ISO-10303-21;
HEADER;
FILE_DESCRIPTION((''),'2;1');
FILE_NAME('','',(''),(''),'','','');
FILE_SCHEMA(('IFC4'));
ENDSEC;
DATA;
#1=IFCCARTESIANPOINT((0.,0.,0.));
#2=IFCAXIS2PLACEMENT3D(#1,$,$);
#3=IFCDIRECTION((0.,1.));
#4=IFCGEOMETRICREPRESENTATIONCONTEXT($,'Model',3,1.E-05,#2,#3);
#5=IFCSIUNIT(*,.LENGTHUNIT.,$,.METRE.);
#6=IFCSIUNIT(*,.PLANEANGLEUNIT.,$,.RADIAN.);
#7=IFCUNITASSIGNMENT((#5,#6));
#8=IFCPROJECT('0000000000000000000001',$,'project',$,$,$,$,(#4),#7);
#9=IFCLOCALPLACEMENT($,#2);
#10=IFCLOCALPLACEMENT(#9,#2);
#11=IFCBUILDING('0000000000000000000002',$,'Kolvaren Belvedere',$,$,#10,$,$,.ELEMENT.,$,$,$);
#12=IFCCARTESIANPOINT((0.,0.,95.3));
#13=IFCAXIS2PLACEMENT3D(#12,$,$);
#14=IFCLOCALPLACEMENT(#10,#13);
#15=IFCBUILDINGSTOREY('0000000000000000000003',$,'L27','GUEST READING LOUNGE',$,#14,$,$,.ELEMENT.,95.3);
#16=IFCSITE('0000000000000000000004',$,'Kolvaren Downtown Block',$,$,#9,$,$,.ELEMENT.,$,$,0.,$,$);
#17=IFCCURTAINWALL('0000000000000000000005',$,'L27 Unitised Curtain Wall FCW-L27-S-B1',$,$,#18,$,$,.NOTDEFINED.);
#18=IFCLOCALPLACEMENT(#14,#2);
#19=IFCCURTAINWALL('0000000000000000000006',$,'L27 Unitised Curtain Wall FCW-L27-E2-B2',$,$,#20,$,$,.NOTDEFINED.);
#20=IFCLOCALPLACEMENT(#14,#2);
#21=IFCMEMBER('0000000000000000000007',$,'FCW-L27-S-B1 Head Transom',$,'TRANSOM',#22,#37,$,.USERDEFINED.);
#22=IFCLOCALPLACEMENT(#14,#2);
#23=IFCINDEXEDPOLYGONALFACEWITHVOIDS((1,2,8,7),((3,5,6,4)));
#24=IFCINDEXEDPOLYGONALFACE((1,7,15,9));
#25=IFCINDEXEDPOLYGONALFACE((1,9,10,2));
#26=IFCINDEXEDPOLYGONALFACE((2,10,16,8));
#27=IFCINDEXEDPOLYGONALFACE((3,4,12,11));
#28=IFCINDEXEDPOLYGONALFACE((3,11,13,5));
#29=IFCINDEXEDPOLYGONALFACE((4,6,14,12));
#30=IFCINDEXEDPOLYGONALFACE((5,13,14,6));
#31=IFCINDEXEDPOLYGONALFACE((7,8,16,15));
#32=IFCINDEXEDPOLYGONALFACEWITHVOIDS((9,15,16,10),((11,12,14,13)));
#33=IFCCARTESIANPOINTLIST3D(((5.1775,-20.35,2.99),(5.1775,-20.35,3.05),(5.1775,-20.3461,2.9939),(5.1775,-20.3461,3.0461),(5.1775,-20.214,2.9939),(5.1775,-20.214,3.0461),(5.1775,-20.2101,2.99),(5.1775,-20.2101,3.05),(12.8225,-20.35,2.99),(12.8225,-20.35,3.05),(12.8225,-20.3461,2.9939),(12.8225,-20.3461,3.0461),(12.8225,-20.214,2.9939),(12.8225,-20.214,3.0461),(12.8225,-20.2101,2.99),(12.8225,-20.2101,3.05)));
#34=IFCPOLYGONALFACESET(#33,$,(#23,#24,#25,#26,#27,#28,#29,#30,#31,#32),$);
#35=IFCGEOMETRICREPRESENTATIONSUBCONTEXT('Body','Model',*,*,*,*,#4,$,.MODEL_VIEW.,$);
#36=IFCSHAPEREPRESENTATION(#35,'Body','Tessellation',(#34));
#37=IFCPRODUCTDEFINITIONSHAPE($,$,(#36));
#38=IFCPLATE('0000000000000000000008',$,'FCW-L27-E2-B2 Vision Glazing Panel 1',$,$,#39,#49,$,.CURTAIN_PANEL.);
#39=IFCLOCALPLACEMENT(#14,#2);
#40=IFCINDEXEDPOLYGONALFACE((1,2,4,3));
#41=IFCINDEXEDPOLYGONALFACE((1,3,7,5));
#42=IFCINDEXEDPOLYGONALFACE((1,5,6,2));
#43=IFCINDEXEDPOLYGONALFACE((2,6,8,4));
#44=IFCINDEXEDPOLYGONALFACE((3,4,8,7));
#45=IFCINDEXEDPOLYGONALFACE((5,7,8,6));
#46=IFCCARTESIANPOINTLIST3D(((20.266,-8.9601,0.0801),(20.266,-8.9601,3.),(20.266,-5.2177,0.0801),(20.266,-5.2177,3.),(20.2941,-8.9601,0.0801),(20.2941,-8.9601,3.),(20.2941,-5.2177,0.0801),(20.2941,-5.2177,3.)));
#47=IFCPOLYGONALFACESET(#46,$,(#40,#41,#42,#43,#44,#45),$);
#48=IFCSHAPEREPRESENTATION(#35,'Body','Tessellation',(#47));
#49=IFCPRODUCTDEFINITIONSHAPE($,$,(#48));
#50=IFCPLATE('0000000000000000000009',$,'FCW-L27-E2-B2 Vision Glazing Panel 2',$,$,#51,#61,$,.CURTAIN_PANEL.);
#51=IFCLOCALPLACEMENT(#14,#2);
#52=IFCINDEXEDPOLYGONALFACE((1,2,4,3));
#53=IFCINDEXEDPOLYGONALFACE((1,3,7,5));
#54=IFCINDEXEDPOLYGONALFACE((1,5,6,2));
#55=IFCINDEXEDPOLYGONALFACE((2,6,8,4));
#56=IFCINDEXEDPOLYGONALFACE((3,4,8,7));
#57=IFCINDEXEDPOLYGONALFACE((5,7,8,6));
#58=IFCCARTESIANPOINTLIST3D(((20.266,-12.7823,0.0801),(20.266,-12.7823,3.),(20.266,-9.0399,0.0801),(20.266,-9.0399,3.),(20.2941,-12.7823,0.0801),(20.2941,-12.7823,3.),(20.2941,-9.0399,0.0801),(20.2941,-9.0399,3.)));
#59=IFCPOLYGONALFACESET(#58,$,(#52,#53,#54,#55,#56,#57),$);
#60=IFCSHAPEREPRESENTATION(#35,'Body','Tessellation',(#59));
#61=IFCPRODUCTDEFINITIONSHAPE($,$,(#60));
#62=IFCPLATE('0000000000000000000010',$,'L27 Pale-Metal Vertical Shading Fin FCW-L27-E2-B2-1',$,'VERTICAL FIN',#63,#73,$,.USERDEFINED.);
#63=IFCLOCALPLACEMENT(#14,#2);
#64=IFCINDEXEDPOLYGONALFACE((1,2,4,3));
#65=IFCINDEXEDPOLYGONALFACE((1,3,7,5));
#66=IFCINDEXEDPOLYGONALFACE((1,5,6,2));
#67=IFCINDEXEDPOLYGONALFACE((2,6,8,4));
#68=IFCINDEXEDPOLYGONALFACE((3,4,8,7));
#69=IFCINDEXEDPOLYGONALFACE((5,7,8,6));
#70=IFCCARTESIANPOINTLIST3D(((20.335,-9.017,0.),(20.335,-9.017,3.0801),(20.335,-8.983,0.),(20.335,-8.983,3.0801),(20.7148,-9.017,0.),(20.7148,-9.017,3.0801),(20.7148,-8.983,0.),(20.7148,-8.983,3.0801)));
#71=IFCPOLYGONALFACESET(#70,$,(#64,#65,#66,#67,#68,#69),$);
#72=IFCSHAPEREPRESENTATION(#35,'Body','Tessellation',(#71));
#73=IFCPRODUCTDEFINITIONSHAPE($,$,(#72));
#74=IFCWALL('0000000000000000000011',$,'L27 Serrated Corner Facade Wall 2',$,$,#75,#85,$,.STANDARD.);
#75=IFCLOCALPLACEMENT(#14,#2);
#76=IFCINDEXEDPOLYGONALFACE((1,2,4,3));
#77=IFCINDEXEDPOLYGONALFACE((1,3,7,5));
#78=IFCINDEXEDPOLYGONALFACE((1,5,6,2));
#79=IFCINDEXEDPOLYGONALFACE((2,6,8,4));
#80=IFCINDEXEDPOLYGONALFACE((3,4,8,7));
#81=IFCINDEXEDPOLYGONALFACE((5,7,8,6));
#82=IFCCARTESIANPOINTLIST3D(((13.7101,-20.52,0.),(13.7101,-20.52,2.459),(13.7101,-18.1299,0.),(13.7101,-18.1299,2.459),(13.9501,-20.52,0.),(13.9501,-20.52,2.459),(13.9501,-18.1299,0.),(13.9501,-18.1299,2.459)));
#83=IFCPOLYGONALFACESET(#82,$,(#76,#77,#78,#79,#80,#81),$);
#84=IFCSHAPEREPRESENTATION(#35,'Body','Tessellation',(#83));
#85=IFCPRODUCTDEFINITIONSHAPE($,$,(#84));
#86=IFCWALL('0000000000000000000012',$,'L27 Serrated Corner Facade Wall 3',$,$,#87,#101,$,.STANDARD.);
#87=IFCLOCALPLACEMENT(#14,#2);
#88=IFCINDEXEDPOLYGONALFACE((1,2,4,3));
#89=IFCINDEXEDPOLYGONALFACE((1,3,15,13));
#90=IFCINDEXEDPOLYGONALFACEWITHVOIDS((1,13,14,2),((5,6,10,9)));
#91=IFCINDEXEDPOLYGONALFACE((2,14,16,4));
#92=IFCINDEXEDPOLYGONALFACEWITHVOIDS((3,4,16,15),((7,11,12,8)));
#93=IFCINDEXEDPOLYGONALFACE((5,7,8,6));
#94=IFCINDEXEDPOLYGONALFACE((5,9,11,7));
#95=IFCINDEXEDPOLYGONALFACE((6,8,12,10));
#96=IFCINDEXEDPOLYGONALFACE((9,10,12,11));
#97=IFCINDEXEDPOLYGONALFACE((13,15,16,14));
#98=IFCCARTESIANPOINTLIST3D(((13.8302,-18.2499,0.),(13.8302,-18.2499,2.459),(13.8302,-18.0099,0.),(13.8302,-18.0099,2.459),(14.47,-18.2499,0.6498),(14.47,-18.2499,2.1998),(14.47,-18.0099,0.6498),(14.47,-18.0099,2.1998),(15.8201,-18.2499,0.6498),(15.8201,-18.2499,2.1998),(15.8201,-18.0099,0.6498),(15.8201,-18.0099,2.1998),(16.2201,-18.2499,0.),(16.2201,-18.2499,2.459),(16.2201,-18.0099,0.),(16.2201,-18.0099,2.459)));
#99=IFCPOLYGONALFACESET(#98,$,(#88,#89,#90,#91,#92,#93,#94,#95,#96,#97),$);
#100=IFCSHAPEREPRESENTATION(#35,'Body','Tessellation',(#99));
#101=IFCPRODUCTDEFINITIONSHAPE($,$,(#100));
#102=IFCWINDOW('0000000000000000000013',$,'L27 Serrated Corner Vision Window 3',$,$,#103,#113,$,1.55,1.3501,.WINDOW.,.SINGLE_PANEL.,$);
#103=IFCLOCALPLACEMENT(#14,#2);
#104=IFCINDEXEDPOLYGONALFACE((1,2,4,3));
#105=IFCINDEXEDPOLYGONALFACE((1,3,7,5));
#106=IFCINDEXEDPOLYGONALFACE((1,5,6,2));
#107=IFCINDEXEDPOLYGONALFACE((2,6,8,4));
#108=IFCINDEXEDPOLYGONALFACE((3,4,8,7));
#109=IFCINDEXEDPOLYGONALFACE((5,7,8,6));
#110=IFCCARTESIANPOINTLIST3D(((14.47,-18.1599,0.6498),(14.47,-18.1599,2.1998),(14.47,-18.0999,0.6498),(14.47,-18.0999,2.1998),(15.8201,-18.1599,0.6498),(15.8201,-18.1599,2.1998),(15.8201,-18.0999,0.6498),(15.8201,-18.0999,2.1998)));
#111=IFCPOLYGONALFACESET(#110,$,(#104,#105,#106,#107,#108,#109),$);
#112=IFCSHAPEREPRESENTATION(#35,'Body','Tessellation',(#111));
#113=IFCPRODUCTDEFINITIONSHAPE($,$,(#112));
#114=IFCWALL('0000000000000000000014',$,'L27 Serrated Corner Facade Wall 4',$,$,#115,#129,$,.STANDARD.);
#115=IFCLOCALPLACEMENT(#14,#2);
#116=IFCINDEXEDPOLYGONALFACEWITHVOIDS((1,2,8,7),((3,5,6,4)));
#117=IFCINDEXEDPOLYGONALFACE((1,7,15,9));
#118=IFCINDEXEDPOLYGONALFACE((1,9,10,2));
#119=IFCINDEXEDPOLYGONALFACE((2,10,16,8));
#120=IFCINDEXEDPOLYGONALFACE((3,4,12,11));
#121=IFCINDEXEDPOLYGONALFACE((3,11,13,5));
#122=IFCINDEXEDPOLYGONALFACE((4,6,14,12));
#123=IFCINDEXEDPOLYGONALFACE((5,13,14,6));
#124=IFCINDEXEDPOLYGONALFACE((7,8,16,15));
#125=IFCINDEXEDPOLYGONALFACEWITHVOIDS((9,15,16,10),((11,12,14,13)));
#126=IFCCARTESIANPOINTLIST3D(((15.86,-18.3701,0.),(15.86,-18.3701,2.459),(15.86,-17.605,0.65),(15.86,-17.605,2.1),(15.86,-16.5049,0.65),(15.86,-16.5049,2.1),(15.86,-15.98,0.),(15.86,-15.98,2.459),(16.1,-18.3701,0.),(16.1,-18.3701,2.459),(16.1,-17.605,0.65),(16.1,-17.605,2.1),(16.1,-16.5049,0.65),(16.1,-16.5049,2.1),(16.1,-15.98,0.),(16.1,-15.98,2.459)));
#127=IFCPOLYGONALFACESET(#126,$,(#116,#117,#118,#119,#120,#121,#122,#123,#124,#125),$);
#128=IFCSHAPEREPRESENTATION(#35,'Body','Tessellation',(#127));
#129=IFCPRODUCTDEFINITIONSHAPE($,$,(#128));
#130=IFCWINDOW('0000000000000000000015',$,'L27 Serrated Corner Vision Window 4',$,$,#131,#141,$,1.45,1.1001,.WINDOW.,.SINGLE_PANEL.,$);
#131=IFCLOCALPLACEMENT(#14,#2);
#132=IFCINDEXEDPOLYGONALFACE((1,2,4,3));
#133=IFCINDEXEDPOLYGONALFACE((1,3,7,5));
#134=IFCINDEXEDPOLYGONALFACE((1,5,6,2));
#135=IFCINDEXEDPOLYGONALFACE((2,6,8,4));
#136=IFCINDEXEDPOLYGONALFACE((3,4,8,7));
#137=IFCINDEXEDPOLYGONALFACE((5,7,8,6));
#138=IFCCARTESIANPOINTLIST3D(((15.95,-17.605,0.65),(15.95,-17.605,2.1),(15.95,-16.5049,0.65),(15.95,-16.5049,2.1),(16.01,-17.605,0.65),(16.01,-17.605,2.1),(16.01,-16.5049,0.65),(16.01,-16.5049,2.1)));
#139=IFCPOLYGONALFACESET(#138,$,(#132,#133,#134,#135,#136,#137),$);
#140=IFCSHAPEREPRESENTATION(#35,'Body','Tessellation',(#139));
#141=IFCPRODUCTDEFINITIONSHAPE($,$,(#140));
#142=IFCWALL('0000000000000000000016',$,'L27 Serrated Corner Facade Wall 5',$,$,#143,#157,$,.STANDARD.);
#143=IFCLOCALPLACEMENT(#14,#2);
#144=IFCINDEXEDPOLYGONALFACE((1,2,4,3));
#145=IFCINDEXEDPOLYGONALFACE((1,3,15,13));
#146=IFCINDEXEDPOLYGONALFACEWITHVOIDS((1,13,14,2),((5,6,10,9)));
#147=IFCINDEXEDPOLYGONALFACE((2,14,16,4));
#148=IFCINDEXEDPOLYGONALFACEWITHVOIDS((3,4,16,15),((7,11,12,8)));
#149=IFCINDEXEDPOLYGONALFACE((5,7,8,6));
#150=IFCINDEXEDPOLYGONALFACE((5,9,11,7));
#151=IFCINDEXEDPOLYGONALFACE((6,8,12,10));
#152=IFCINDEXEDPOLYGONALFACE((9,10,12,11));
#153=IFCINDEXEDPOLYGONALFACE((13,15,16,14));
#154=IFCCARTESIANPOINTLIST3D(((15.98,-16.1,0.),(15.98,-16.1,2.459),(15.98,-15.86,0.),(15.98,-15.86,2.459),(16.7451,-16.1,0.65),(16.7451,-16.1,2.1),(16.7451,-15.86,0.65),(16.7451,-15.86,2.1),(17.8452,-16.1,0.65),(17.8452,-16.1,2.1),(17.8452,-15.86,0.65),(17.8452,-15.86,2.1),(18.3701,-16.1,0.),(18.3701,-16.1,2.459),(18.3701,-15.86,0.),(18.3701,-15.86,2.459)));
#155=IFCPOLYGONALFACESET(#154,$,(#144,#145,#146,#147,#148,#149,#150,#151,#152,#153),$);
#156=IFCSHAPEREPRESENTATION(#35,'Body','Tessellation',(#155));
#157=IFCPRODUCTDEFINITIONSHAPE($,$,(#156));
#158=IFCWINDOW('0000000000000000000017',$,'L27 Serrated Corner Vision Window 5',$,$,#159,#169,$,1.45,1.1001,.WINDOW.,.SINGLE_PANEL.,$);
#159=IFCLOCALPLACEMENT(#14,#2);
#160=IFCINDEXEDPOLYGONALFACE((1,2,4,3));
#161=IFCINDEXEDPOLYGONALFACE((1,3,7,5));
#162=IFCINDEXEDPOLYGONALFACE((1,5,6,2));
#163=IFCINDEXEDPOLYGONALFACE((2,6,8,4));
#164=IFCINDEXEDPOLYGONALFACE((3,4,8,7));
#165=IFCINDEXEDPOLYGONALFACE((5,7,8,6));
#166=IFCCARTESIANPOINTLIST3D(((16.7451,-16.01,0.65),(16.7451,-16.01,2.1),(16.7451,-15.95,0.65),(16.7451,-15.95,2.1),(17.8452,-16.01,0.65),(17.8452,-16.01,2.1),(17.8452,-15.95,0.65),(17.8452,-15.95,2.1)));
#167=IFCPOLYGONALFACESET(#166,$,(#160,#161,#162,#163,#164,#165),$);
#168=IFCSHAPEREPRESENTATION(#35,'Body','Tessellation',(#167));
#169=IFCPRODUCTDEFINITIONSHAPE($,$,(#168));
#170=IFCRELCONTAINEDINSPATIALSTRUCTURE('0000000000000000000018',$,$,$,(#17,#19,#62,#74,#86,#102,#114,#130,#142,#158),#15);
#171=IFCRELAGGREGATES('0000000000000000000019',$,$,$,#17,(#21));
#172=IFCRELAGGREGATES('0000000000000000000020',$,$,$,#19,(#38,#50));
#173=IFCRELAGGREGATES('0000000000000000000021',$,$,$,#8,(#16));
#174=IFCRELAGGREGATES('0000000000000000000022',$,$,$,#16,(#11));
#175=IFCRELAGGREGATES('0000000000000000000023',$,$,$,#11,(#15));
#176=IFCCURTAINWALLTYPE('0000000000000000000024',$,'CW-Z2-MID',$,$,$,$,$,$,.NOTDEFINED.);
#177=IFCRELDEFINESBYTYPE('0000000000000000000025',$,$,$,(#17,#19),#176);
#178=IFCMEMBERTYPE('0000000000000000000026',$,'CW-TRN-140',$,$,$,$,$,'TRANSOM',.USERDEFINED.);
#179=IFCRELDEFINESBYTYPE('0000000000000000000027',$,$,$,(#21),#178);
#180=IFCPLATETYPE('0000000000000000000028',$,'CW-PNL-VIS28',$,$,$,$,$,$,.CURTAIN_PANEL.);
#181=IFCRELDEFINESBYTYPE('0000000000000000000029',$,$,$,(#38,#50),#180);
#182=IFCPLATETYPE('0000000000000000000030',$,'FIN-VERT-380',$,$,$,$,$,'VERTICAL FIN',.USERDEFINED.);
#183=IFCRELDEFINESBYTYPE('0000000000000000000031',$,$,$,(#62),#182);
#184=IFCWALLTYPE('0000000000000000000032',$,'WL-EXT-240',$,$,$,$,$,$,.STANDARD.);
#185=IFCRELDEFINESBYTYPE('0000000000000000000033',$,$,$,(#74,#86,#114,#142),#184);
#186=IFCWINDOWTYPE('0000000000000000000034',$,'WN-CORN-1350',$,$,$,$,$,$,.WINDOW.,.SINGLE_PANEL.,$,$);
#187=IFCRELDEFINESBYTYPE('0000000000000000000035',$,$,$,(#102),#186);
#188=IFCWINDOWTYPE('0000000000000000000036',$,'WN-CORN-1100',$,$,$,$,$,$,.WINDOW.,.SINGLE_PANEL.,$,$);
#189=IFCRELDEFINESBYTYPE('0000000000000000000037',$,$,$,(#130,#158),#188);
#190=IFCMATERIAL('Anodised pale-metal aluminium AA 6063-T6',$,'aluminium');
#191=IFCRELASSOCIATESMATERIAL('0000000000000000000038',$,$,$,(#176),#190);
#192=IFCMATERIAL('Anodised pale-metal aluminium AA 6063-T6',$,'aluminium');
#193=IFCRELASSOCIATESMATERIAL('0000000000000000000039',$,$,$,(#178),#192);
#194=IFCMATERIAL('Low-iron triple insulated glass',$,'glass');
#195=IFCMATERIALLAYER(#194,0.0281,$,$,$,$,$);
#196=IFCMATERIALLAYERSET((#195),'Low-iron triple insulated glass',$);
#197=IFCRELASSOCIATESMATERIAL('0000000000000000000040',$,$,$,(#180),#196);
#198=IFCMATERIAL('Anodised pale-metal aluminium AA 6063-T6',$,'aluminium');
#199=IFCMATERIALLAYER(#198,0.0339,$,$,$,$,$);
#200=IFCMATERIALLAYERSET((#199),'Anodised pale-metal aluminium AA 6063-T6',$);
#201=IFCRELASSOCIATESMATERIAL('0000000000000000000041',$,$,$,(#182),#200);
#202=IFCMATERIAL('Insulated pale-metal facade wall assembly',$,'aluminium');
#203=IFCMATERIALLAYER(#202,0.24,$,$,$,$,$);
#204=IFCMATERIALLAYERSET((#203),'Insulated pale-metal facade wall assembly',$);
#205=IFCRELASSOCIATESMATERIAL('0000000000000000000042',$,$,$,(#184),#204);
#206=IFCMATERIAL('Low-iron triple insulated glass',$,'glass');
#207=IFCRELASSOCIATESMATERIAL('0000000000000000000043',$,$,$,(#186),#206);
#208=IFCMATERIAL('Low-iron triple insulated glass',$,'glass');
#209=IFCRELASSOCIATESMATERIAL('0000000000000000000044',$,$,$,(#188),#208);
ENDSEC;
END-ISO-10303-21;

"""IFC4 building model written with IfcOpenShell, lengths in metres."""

from ifc_helpers import new_model, si_unit, direction, frame, frame_2d, origin, origin_2d, place, context, subcontext, project, spatial, rectangle, hollow_rectangle, extrude, material, layer, layer_set, material_profile, profile_set, type_object, element, fill, aggregate, save


model = new_model("IFC4")

# Units and contexts
model_context = context("Model", 3, precision=1e-05, world=origin(), true_north=direction((0.0, 1.0)))
body_context = subcontext(model_context, "Body", "Model", "MODEL_VIEW")
ifc_project = project(units=[si_unit("LENGTHUNIT", "METRE"), si_unit("PLANEANGLEUNIT", "RADIAN")], contexts=[model_context])

# Site, building, storey
site_placement = place(None, origin())
site = spatial("IfcSite", under=ifc_project, at=site_placement, Name="Kolvaren Downtown Block", CompositionType="ELEMENT", RefElevation=0.0)
building_placement = place(site_placement, origin())
building = spatial("IfcBuilding", under=site, at=building_placement, Name="Kolvaren Belvedere", CompositionType="ELEMENT")
storey_placement = place(building_placement, frame((0.0, 0.0, 95.3)))
storey = spatial("IfcBuildingStorey", under=building, at=storey_placement, Name="L27", Description="GUEST READING LOUNGE", CompositionType="ELEMENT", Elevation=95.3)

# Curtain wall
ifc_material_1 = material(Name="Anodised pale-metal aluminium AA 6063-T6", Category="aluminium")
curtain_wall_type = type_object("IfcCurtainWallType", Name="CW-Z2-MID", PredefinedType="NOTDEFINED", material=ifc_material_1)
curtain_wall_1_placement = place(storey_placement, origin())
curtain_wall_1 = element("IfcCurtainWall", 1, at=curtain_wall_1_placement, inside=storey, type_object=curtain_wall_type, Name="L27 Unitised Curtain Wall FCW-L27-S-B1", PredefinedType="NOTDEFINED")

# Curtain wall
curtain_wall_2_placement = place(storey_placement, origin())
curtain_wall_2 = element("IfcCurtainWall", 2, at=curtain_wall_2_placement, inside=storey, type_object=curtain_wall_type, Name="L27 Unitised Curtain Wall FCW-L27-E2-B2", PredefinedType="NOTDEFINED")

# Member
ifc_material_2 = material(Name="Anodised pale-metal aluminium AA 6063-T6", Category="aluminium")
ifc_material_profile_1 = material_profile(ifc_material_2, hollow_rectangle(XDim=0.0601, YDim=0.1399, WallThickness=0.0039, at=origin_2d()), Name="ALU-TRN-140X60")
ifc_profile_set_1 = profile_set([ifc_material_profile_1], Name="Anodised pale-metal aluminium AA 6063-T6")
member_type_1 = type_object("IfcMemberType", Name="CW-TRN-140", ElementType="TRANSOM", PredefinedType="USERDEFINED", material=ifc_profile_set_1)
member_1_placement = place(storey_placement, frame((12.8225, -20.28, 3.02), z_axis=(-1.0, 0.0, 0.0), x_axis=(0.0, 0.0, 1.0)))
member_1 = element("IfcMember", 3, at=member_1_placement, type_object=member_type_1, Name="FCW-L27-S-B1 Head Transom", ObjectType="TRANSOM", PredefinedType="USERDEFINED", context=body_context, shape_type="SweptSolid", body=[
    extrude(hollow_rectangle(XDim=0.0601, YDim=0.1399, WallThickness=0.0039, at=origin_2d()), origin(), (0.0, 0.0, 1.0), 7.645),
])
aggregate(curtain_wall_1, [member_1])

# Plates
ifc_material_3 = material(Name="Low-iron triple insulated glass", Category="glass")
ifc_layer_1 = layer(ifc_material_3, 0.0281)
ifc_layer_set_1 = layer_set([ifc_layer_1], Name="Low-iron triple insulated glass")
plate_type_1 = type_object("IfcPlateType", Name="CW-PNL-VIS28", PredefinedType="CURTAIN_PANEL", material=ifc_layer_set_1)
plate_1_placement = place(storey_placement, frame((20.28, -7.0889, 0.0801), z_axis=(0.0, 0.0, 1.0), x_axis=(0.0, -1.0, 0.0)))
plate_1 = element("IfcPlate", 4, at=plate_1_placement, type_object=plate_type_1, Name="FCW-L27-E2-B2 Vision Glazing Panel 1", PredefinedType="CURTAIN_PANEL", context=body_context, shape_type="SweptSolid", body=[
    extrude(rectangle(XDim=3.7424, YDim=0.0281, at=origin_2d()), origin(), (0.0, 0.0, 1.0), 2.9199),
])
plate_2_placement = place(storey_placement, frame((20.28, -10.9111, 0.0801), z_axis=(0.0, 0.0, 1.0), x_axis=(0.0, -1.0, 0.0)))
plate_2 = element("IfcPlate", 5, at=plate_2_placement, type_object=plate_type_1, Name="FCW-L27-E2-B2 Vision Glazing Panel 2", PredefinedType="CURTAIN_PANEL", context=body_context, shape_type="SweptSolid", body=[
    extrude(rectangle(XDim=3.7424, YDim=0.0281, at=origin_2d()), origin(), (0.0, 0.0, 1.0), 2.9199),
])
aggregate(curtain_wall_2, [plate_1, plate_2])
ifc_material_4 = material(Name="Anodised pale-metal aluminium AA 6063-T6", Category="aluminium")
ifc_layer_2 = layer(ifc_material_4, 0.0339)
ifc_layer_set_2 = layer_set([ifc_layer_2], Name="Anodised pale-metal aluminium AA 6063-T6")
plate_type_2 = type_object("IfcPlateType", Name="FIN-VERT-380", ElementType="VERTICAL FIN", PredefinedType="USERDEFINED", material=ifc_layer_set_2)
plate_3_placement = place(storey_placement, frame((20.5249, -9.0, 0.0), z_axis=(0.0, 0.0, 1.0), x_axis=(1.0, 0.0, 0.0)))
element("IfcPlate", 6, at=plate_3_placement, inside=storey, type_object=plate_type_2, Name="L27 Pale-Metal Vertical Shading Fin FCW-L27-E2-B2-1", ObjectType="VERTICAL FIN", PredefinedType="USERDEFINED", context=body_context, shape_type="SweptSolid", body=[
    extrude(rectangle(XDim=0.3799, YDim=0.0339, at=origin_2d()), origin(), (0.0, 0.0, 1.0), 3.0801),
])

# Wall
ifc_material_5 = material(Name="Insulated pale-metal facade wall assembly", Category="aluminium")
ifc_layer_3 = layer(ifc_material_5, 0.24)
ifc_layer_set_3 = layer_set([ifc_layer_3], Name="Insulated pale-metal facade wall assembly")
wall_type_1 = type_object("IfcWallType", Name="WL-EXT-240", PredefinedType="STANDARD", material=ifc_layer_set_3)
wall_1_placement = place(storey_placement, frame((13.8301, -18.1299, 0.0), z_axis=(0.0, 0.0, 1.0), x_axis=(0.0, -1.0, 0.0)))
element("IfcWall", 7, at=wall_1_placement, inside=storey, type_object=wall_type_1, Name="L27 Serrated Corner Facade Wall 2", PredefinedType="STANDARD", context=body_context, shape_type="SweptSolid", body=[
    extrude(rectangle(XDim=2.3901, YDim=0.24, at=frame_2d((1.1951, 0.0))), origin(), (0.0, 0.0, 1.0), 2.459),
])

# Walls, openings, windows
wall_2_placement = place(storey_placement, frame((16.22, -18.1299, 0.0), z_axis=(0.0, 0.0, 1.0), x_axis=(-1.0, 0.0, 0.0)))
wall_2 = element("IfcWall", 8, at=wall_2_placement, inside=storey, type_object=wall_type_1, Name="L27 Serrated Corner Facade Wall 3", PredefinedType="STANDARD", context=body_context, shape_type="SweptSolid", body=[
    extrude(rectangle(XDim=2.3899, YDim=0.24, at=frame_2d((1.1948, 0.0))), origin(), (0.0, 0.0, 1.0), 2.459),
])
opening_1_placement = place(wall_2_placement, frame((0.3999, 0.0, 0.6499)))
opening_1 = element("IfcOpeningElement", 9, at=opening_1_placement, cuts=wall_2, PredefinedType="OPENING", context=body_context, shape_type="SweptSolid", body=[
    extrude(rectangle(XDim=1.3501, YDim=1.55, at=frame_2d((0.675, 0.7749))), frame((0.0, 0.1299, 0.0), z_axis=(0.0, -1.0, 0.0), x_axis=(1.0, 0.0, 0.0)), (0.0, 0.0, 1.0), 0.26),
])
ifc_material_6 = material(Name="Low-iron triple insulated glass", Category="glass")
window_type_1 = type_object("IfcWindowType", Name="WN-CORN-1350", PartitioningType="SINGLE_PANEL", PredefinedType="WINDOW", material=ifc_material_6)
window_1_placement = place(opening_1_placement, origin())
window_1 = element("IfcWindow", 10, at=window_1_placement, inside=storey, type_object=window_type_1, Name="L27 Serrated Corner Vision Window 3", OverallHeight=1.55, OverallWidth=1.3501, PartitioningType="SINGLE_PANEL", PredefinedType="WINDOW", context=body_context, shape_type="SweptSolid", body=[
    extrude(rectangle(XDim=1.3501, YDim=1.55, at=frame_2d((0.675, 0.7749))), frame((0.0, 0.03, 0.0), z_axis=(0.0, -1.0, 0.0), x_axis=(1.0, 0.0, 0.0)), (0.0, 0.0, 1.0), 0.0601),
])
fill(opening_1, window_1)
wall_3_placement = place(storey_placement, frame((15.98, -15.98, 0.0), z_axis=(0.0, 0.0, 1.0), x_axis=(0.0, -1.0, 0.0)))
wall_3 = element("IfcWall", 11, at=wall_3_placement, inside=storey, type_object=wall_type_1, Name="L27 Serrated Corner Facade Wall 4", PredefinedType="STANDARD", context=body_context, shape_type="SweptSolid", body=[
    extrude(rectangle(XDim=2.3901, YDim=0.24, at=frame_2d((1.1951, 0.0))), origin(), (0.0, 0.0, 1.0), 2.459),
])
opening_2_placement = place(wall_3_placement, frame((0.5249, 0.0, 0.6499)))
opening_2 = element("IfcOpeningElement", 12, at=opening_2_placement, cuts=wall_3, PredefinedType="OPENING", context=body_context, shape_type="SweptSolid", body=[
    extrude(rectangle(XDim=1.1001, YDim=1.45, at=frame_2d((0.55, 0.7251))), frame((0.0, 0.1299, 0.0), z_axis=(0.0, -1.0, 0.0), x_axis=(1.0, 0.0, 0.0)), (0.0, 0.0, 1.0), 0.26),
])
ifc_material_7 = material(Name="Low-iron triple insulated glass", Category="glass")
window_type_2 = type_object("IfcWindowType", Name="WN-CORN-1100", PartitioningType="SINGLE_PANEL", PredefinedType="WINDOW", material=ifc_material_7)
window_2_placement = place(opening_2_placement, origin())
window_2 = element("IfcWindow", 13, at=window_2_placement, inside=storey, type_object=window_type_2, Name="L27 Serrated Corner Vision Window 4", OverallHeight=1.45, OverallWidth=1.1001, PartitioningType="SINGLE_PANEL", PredefinedType="WINDOW", context=body_context, shape_type="SweptSolid", body=[
    extrude(rectangle(XDim=1.1001, YDim=1.45, at=frame_2d((0.55, 0.7251))), frame((0.0, 0.03, 0.0), z_axis=(0.0, -1.0, 0.0), x_axis=(1.0, 0.0, 0.0)), (0.0, 0.0, 1.0), 0.0601),
])
fill(opening_2, window_2)
wall_4_placement = place(storey_placement, frame((18.3701, -15.98, 0.0), z_axis=(0.0, 0.0, 1.0), x_axis=(-1.0, 0.0, 0.0)))
wall_4 = element("IfcWall", 14, at=wall_4_placement, inside=storey, type_object=wall_type_1, Name="L27 Serrated Corner Facade Wall 5", PredefinedType="STANDARD", context=body_context, shape_type="SweptSolid", body=[
    extrude(rectangle(XDim=2.3901, YDim=0.24, at=frame_2d((1.1951, 0.0))), origin(), (0.0, 0.0, 1.0), 2.459),
])
opening_3_placement = place(wall_4_placement, frame((0.5249, 0.0, 0.6499)))
opening_3 = element("IfcOpeningElement", 15, at=opening_3_placement, cuts=wall_4, PredefinedType="OPENING", context=body_context, shape_type="SweptSolid", body=[
    extrude(rectangle(XDim=1.1001, YDim=1.45, at=frame_2d((0.55, 0.7251))), frame((0.0, 0.1299, 0.0), z_axis=(0.0, -1.0, 0.0), x_axis=(1.0, 0.0, 0.0)), (0.0, 0.0, 1.0), 0.26),
])
window_3_placement = place(opening_3_placement, origin())
window_3 = element("IfcWindow", 16, at=window_3_placement, inside=storey, type_object=window_type_2, Name="L27 Serrated Corner Vision Window 5", OverallHeight=1.45, OverallWidth=1.1001, PartitioningType="SINGLE_PANEL", PredefinedType="WINDOW", context=body_context, shape_type="SweptSolid", body=[
    extrude(rectangle(XDim=1.1001, YDim=1.45, at=frame_2d((0.55, 0.7251))), frame((0.0, 0.03, 0.0), z_axis=(0.0, -1.0, 0.0), x_axis=(1.0, 0.0, 0.0)), (0.0, 0.0, 1.0), 0.0601),
])
fill(opening_3, window_3)

save(model, "model.ifc")
